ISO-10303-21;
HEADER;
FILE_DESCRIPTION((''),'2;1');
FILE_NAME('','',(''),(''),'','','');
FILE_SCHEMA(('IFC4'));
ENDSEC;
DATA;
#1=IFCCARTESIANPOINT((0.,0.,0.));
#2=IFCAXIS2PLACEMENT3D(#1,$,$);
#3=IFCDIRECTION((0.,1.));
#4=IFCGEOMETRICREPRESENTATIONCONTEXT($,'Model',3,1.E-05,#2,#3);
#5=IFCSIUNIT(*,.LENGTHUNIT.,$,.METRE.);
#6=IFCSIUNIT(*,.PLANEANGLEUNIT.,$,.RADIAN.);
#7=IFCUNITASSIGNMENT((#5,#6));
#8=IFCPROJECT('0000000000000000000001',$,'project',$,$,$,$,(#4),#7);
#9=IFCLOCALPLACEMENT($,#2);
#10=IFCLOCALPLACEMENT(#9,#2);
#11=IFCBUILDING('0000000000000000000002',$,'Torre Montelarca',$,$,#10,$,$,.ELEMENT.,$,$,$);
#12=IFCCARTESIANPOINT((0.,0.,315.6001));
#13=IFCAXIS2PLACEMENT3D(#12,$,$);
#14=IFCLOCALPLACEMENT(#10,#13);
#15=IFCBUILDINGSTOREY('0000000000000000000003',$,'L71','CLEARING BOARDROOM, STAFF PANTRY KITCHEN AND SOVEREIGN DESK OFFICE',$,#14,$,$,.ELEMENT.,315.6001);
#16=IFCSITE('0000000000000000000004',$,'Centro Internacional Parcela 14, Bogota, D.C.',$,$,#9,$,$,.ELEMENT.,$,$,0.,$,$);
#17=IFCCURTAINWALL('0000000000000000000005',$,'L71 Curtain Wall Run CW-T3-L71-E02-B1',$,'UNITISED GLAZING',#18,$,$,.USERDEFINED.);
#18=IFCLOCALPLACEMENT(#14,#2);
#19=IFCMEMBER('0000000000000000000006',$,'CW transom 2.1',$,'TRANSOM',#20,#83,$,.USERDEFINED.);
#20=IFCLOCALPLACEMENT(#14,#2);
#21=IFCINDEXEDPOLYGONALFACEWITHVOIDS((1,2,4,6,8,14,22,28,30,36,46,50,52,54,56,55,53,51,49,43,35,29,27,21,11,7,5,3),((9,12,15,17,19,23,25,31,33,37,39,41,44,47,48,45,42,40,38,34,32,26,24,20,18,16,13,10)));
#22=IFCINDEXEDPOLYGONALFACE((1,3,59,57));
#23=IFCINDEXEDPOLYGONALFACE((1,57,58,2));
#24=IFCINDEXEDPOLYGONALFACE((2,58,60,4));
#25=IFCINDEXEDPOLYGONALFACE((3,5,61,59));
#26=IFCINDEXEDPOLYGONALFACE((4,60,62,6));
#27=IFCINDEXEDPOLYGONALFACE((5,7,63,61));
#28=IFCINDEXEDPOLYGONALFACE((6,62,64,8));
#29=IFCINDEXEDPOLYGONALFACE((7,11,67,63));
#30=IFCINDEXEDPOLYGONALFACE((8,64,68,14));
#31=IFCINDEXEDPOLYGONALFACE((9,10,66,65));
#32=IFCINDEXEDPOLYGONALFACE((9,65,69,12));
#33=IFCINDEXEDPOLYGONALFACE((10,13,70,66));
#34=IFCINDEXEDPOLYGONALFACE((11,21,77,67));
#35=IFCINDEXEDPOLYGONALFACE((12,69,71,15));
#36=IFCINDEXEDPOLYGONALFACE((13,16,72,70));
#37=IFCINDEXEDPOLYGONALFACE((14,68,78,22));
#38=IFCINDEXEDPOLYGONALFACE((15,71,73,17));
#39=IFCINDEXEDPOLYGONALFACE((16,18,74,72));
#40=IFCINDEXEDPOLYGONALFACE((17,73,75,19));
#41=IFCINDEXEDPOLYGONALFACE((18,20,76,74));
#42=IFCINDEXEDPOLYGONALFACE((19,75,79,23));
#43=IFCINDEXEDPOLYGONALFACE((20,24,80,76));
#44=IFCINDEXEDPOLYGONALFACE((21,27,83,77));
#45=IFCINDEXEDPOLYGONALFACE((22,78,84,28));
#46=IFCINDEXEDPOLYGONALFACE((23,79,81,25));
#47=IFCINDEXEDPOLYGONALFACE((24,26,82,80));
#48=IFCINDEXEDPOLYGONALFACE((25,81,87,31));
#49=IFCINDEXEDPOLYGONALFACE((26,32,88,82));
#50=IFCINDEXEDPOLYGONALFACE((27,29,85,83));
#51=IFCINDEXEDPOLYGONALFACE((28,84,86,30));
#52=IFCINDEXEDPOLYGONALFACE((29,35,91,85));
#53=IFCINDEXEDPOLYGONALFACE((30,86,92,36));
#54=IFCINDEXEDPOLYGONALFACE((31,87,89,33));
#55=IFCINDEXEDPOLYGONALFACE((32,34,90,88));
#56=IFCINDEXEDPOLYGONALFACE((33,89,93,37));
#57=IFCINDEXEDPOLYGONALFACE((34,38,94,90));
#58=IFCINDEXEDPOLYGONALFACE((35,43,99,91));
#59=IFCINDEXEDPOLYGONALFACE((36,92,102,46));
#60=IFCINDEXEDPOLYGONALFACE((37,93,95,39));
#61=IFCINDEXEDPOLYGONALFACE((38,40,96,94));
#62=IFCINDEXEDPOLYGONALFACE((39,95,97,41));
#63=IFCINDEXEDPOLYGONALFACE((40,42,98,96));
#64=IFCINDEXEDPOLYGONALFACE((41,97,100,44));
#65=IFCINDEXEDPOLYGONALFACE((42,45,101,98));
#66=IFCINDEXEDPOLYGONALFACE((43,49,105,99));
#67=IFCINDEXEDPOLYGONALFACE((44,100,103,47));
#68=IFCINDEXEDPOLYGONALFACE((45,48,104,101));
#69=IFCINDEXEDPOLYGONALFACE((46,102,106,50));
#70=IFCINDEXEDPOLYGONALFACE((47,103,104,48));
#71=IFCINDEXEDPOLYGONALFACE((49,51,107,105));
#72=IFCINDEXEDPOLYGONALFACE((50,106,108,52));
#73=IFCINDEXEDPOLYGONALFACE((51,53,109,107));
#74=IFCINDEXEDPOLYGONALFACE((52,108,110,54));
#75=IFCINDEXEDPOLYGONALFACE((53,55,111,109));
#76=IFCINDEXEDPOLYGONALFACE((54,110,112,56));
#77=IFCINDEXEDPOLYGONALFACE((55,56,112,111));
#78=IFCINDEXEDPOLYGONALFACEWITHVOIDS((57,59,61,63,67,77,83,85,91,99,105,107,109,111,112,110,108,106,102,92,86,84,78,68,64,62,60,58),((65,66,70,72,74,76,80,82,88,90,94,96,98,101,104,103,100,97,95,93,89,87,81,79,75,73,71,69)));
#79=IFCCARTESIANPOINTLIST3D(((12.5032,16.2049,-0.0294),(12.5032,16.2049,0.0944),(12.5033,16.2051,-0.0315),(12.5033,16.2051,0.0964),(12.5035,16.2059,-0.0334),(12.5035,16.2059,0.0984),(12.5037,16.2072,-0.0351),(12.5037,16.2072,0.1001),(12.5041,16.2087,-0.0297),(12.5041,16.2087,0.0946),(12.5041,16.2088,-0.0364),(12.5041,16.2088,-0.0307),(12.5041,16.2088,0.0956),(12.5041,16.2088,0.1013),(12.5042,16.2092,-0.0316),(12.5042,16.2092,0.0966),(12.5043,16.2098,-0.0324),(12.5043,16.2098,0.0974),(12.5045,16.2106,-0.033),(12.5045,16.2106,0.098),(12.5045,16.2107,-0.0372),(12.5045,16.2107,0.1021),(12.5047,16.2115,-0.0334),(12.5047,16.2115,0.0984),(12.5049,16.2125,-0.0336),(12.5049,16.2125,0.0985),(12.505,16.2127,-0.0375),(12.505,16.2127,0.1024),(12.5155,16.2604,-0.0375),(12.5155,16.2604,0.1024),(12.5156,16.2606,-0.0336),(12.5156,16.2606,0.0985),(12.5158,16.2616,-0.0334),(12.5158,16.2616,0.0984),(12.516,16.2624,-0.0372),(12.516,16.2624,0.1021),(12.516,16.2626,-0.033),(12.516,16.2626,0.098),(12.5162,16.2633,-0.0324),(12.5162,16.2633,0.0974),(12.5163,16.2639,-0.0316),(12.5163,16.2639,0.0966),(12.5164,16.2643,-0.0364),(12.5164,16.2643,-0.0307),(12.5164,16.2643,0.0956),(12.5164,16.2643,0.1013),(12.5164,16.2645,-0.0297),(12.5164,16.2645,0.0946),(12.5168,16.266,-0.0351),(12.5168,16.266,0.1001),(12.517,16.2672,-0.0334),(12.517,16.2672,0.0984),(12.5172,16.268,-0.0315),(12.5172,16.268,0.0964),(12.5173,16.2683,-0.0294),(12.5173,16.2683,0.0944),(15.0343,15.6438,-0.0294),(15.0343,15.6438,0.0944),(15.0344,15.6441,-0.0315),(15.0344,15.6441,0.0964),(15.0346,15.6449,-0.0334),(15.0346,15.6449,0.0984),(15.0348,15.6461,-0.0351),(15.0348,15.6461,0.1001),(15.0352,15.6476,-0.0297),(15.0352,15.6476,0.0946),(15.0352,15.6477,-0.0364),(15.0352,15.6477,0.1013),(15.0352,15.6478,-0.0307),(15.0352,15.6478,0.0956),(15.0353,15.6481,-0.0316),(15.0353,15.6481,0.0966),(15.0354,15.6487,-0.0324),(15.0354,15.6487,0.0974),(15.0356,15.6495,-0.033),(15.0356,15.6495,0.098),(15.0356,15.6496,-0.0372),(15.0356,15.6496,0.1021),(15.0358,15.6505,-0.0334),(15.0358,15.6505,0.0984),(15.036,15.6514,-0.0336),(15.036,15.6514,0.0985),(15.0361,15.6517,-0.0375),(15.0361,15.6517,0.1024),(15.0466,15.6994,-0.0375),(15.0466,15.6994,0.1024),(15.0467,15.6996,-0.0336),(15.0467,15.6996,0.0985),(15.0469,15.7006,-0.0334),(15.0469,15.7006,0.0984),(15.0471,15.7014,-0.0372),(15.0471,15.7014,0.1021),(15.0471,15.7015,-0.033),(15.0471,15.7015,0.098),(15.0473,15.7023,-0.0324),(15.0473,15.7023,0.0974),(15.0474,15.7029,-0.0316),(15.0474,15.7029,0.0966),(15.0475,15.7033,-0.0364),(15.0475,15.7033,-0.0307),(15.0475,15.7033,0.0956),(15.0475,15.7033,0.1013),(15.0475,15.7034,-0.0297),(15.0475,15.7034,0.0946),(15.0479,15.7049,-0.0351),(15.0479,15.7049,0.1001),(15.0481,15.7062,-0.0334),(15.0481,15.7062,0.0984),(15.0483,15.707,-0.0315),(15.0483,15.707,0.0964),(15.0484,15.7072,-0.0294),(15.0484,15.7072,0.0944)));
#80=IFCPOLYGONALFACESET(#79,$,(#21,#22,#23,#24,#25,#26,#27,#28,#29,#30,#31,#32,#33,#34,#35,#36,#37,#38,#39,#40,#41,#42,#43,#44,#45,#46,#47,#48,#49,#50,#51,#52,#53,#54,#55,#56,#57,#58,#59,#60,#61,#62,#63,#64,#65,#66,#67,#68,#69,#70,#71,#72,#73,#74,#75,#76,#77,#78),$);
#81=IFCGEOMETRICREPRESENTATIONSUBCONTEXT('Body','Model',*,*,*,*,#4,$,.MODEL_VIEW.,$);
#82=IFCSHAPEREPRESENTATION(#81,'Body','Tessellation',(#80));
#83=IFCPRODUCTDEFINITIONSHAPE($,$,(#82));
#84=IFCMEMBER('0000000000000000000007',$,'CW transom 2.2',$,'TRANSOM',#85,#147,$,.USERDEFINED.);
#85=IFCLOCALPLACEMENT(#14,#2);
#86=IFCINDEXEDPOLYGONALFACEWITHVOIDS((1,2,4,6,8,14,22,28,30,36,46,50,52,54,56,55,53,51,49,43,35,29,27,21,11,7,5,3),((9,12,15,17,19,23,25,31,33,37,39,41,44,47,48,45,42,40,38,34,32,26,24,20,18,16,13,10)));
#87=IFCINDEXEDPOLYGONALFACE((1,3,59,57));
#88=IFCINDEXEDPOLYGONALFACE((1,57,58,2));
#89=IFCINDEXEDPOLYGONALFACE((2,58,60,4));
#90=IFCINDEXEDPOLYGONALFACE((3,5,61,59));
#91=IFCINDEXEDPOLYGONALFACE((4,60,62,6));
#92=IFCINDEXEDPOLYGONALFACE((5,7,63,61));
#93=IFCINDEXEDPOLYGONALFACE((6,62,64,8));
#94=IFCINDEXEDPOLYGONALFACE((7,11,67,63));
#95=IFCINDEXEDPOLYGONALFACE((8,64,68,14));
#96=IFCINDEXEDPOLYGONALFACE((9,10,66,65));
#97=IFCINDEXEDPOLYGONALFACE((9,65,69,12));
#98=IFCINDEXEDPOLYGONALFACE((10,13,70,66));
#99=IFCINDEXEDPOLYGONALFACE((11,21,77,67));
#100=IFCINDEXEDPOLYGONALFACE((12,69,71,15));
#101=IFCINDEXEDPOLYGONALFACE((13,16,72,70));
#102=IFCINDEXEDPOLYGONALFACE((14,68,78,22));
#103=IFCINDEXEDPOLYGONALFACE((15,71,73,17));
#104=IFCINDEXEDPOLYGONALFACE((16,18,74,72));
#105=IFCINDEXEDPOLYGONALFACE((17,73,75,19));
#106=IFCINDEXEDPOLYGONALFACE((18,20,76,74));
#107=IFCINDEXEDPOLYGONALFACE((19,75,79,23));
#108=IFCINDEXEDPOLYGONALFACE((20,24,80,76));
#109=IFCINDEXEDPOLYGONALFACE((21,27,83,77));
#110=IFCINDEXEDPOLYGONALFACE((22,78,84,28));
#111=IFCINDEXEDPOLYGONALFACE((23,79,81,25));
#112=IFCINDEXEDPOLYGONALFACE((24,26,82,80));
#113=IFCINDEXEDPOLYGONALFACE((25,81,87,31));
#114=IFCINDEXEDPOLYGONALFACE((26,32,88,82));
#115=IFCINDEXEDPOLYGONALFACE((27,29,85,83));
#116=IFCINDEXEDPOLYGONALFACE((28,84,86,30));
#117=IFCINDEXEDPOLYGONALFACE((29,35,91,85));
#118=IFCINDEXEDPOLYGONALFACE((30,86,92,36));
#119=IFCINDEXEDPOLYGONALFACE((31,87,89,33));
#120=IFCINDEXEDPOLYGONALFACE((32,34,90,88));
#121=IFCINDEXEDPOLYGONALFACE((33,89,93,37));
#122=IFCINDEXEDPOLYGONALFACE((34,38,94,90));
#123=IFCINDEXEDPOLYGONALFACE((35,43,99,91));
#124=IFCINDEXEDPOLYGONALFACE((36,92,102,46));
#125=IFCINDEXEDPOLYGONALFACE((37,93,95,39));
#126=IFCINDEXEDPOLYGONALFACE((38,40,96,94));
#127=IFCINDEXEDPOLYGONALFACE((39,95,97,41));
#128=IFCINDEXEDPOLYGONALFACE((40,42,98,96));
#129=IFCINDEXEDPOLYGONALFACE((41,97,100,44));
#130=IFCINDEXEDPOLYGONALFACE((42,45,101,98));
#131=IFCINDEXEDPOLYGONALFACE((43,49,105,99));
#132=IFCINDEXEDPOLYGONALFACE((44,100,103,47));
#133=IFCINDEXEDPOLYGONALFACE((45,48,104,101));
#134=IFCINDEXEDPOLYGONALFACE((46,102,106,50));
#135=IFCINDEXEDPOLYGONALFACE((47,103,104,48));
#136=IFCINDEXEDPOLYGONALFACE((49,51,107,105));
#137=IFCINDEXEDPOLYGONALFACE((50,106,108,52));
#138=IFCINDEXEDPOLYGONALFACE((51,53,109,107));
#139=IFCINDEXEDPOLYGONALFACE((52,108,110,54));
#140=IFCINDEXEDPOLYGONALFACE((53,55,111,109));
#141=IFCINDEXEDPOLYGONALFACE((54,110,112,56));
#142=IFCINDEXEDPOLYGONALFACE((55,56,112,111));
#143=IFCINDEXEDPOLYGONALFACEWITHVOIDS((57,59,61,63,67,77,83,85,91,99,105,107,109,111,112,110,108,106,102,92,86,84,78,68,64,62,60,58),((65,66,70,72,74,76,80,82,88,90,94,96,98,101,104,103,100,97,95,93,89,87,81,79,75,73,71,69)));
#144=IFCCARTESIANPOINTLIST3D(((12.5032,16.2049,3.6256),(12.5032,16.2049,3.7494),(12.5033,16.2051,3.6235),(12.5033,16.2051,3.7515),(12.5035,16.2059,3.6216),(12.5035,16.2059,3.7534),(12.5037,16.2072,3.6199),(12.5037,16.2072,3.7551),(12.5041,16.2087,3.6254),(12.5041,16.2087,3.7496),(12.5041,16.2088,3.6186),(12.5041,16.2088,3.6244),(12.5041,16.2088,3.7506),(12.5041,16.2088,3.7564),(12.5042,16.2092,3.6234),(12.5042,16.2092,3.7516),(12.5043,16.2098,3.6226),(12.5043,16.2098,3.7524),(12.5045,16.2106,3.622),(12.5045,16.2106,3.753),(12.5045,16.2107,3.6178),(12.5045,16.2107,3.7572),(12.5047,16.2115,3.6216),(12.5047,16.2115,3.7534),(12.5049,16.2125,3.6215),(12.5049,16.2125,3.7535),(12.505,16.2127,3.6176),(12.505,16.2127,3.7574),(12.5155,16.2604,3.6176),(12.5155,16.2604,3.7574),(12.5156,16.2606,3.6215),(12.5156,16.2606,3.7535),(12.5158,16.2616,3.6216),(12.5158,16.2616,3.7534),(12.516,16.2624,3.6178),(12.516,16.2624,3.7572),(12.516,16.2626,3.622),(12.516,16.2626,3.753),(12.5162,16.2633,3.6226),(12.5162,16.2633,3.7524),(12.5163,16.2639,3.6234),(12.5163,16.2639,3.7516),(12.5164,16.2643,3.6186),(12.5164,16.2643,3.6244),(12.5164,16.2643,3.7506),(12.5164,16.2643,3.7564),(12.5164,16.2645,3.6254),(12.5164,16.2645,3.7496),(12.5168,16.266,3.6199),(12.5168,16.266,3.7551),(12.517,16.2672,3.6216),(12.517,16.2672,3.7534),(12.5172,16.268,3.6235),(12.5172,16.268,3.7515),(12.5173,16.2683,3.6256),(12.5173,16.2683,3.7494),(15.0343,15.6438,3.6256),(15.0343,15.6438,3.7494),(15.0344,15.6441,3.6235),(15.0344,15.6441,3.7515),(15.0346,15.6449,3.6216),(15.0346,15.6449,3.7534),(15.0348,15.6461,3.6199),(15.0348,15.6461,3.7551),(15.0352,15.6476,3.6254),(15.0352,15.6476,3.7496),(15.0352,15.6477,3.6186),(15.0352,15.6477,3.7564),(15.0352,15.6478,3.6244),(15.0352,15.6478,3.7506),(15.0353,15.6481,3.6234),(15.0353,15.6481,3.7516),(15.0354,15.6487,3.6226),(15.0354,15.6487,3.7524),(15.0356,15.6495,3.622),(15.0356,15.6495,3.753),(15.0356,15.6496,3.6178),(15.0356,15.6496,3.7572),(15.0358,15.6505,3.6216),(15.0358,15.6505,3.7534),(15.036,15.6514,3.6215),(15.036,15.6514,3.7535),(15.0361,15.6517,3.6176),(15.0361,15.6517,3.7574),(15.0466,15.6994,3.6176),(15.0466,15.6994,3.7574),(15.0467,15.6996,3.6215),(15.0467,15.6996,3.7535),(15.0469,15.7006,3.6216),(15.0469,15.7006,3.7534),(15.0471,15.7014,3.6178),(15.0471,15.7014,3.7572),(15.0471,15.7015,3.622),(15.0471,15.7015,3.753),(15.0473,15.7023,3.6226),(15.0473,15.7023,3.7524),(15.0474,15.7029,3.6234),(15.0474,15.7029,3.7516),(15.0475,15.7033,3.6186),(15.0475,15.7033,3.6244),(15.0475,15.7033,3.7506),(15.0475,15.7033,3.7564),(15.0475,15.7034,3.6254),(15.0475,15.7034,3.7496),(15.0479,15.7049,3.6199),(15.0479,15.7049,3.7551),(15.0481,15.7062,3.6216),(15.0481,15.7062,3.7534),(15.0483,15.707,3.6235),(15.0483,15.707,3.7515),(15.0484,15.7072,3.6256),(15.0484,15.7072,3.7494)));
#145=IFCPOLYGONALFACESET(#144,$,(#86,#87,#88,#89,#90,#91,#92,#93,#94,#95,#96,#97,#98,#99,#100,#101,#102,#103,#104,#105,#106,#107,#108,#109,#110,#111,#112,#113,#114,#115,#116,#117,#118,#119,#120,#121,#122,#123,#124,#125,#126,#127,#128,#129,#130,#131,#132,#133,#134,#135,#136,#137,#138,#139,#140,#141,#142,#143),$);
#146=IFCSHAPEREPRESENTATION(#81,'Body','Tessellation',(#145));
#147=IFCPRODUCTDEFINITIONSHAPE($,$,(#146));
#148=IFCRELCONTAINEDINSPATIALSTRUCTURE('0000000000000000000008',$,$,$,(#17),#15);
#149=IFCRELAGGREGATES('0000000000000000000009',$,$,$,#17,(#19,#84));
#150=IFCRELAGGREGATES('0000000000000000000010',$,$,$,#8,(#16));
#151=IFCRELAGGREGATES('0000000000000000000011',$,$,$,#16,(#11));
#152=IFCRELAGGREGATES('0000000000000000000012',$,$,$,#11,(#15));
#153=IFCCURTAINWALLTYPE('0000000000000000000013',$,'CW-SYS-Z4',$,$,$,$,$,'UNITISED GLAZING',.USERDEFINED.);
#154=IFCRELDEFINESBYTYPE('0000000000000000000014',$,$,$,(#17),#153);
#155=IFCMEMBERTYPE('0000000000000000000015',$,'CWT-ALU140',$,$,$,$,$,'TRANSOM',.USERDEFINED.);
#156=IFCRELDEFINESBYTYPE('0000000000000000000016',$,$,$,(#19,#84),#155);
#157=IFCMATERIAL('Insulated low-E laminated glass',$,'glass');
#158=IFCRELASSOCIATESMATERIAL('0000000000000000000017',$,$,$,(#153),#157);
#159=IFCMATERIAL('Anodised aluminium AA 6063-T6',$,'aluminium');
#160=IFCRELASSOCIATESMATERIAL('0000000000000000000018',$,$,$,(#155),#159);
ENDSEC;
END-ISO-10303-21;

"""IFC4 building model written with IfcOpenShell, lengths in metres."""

from ifc_helpers import new_model, si_unit, direction, frame, origin, origin_2d, place, context, subcontext, project, spatial, hollow_rectangle, extrude, source, transform, mapped, material, material_profile, profile_set, type_object, element, aggregate, save


model = new_model("IFC4")

# Units and contexts
model_context = context("Model", 3, precision=1e-05, world=origin(), true_north=direction((0.0, 1.0)))
body_context = subcontext(model_context, "Body", "Model", "MODEL_VIEW")
ifc_project = project(units=[si_unit("LENGTHUNIT", "METRE"), si_unit("PLANEANGLEUNIT", "RADIAN")], contexts=[model_context])

# Site, building, storey
site_placement = place(None, origin())
site = spatial("IfcSite", under=ifc_project, at=site_placement, Name="Centro Internacional Parcela 14, Bogota, D.C.", CompositionType="ELEMENT", RefElevation=0.0)
building_placement = place(site_placement, origin())
building = spatial("IfcBuilding", under=site, at=building_placement, Name="Torre Montelarca", CompositionType="ELEMENT")
storey_placement = place(building_placement, frame((0.0, 0.0, 315.6001)))
storey = spatial("IfcBuildingStorey", under=building, at=storey_placement, Name="L71", Description="CLEARING BOARDROOM, STAFF PANTRY KITCHEN AND SOVEREIGN DESK OFFICE", CompositionType="ELEMENT", Elevation=315.6001)

# Curtain wall
ifc_material_1 = material(Name="Insulated low-E laminated glass", Category="glass")
curtain_wall_type = type_object("IfcCurtainWallType", Name="CW-SYS-Z4", ElementType="UNITISED GLAZING", PredefinedType="USERDEFINED", material=ifc_material_1)
ifc_material_2 = material(Name="Anodised aluminium AA 6063-T6", Category="aluminium")
curtain_wall_1_placement = place(storey_placement, origin())
curtain_wall_1 = element("IfcCurtainWall", 1, at=curtain_wall_1_placement, inside=storey, type_object=curtain_wall_type, Name="L71 Curtain Wall Run CW-T3-L71-E02-B1", ObjectType="UNITISED GLAZING", PredefinedType="USERDEFINED")

# Members
ifc_material_profile_1 = material_profile(ifc_material_2, hollow_rectangle(XDim=0.0649, YDim=0.1399, WallThickness=0.0039, InnerFilletRadius=0.0039, OuterFilletRadius=0.0081, at=origin_2d()), Name="ALU65X140X4", Category="aluminium")
ifc_profile_set_1 = profile_set([ifc_material_profile_1], Name="Anodised aluminium AA 6063-T6")
member_type_1 = type_object("IfcMemberType", Name="CWT-ALU140", ElementType="TRANSOM", PredefinedType="USERDEFINED", material=ifc_profile_set_1)
shared_shape_1 = source(origin(), body_context, "Body", "SweptSolid", [
    extrude(hollow_rectangle(XDim=0.0649, YDim=0.1399, WallThickness=0.0039, InnerFilletRadius=0.0039, OuterFilletRadius=0.0081, at=origin_2d()), origin(), (0.0, 0.0, 1.0), 2.5925),
])
member_1_placement = place(storey_placement, frame((12.5103, 16.2366, 0.0325), z_axis=(0.976302, -0.216412, 0.0), x_axis=(0.216412, 0.976302, 0.0)))
member_1 = element("IfcMember", 2, at=member_1_placement, type_object=member_type_1, Name="CW transom 2.1", ObjectType="TRANSOM", PredefinedType="USERDEFINED", context=body_context, shape_type="MappedRepresentation", body=[
    mapped(shared_shape_1, transform((0.0, 0.0, 0.0), scale=1.0)),
])
member_2_placement = place(storey_placement, frame((12.5103, 16.2366, 3.6875), z_axis=(0.976302, -0.216412, 0.0), x_axis=(0.216412, 0.976302, 0.0)))
member_2 = element("IfcMember", 3, at=member_2_placement, type_object=member_type_1, Name="CW transom 2.2", ObjectType="TRANSOM", PredefinedType="USERDEFINED", context=body_context, shape_type="MappedRepresentation", body=[
    mapped(shared_shape_1, transform((0.0, 0.0, 0.0), scale=1.0)),
])

aggregate(curtain_wall_1, [member_1, member_2])

save(model, "model.ifc")
